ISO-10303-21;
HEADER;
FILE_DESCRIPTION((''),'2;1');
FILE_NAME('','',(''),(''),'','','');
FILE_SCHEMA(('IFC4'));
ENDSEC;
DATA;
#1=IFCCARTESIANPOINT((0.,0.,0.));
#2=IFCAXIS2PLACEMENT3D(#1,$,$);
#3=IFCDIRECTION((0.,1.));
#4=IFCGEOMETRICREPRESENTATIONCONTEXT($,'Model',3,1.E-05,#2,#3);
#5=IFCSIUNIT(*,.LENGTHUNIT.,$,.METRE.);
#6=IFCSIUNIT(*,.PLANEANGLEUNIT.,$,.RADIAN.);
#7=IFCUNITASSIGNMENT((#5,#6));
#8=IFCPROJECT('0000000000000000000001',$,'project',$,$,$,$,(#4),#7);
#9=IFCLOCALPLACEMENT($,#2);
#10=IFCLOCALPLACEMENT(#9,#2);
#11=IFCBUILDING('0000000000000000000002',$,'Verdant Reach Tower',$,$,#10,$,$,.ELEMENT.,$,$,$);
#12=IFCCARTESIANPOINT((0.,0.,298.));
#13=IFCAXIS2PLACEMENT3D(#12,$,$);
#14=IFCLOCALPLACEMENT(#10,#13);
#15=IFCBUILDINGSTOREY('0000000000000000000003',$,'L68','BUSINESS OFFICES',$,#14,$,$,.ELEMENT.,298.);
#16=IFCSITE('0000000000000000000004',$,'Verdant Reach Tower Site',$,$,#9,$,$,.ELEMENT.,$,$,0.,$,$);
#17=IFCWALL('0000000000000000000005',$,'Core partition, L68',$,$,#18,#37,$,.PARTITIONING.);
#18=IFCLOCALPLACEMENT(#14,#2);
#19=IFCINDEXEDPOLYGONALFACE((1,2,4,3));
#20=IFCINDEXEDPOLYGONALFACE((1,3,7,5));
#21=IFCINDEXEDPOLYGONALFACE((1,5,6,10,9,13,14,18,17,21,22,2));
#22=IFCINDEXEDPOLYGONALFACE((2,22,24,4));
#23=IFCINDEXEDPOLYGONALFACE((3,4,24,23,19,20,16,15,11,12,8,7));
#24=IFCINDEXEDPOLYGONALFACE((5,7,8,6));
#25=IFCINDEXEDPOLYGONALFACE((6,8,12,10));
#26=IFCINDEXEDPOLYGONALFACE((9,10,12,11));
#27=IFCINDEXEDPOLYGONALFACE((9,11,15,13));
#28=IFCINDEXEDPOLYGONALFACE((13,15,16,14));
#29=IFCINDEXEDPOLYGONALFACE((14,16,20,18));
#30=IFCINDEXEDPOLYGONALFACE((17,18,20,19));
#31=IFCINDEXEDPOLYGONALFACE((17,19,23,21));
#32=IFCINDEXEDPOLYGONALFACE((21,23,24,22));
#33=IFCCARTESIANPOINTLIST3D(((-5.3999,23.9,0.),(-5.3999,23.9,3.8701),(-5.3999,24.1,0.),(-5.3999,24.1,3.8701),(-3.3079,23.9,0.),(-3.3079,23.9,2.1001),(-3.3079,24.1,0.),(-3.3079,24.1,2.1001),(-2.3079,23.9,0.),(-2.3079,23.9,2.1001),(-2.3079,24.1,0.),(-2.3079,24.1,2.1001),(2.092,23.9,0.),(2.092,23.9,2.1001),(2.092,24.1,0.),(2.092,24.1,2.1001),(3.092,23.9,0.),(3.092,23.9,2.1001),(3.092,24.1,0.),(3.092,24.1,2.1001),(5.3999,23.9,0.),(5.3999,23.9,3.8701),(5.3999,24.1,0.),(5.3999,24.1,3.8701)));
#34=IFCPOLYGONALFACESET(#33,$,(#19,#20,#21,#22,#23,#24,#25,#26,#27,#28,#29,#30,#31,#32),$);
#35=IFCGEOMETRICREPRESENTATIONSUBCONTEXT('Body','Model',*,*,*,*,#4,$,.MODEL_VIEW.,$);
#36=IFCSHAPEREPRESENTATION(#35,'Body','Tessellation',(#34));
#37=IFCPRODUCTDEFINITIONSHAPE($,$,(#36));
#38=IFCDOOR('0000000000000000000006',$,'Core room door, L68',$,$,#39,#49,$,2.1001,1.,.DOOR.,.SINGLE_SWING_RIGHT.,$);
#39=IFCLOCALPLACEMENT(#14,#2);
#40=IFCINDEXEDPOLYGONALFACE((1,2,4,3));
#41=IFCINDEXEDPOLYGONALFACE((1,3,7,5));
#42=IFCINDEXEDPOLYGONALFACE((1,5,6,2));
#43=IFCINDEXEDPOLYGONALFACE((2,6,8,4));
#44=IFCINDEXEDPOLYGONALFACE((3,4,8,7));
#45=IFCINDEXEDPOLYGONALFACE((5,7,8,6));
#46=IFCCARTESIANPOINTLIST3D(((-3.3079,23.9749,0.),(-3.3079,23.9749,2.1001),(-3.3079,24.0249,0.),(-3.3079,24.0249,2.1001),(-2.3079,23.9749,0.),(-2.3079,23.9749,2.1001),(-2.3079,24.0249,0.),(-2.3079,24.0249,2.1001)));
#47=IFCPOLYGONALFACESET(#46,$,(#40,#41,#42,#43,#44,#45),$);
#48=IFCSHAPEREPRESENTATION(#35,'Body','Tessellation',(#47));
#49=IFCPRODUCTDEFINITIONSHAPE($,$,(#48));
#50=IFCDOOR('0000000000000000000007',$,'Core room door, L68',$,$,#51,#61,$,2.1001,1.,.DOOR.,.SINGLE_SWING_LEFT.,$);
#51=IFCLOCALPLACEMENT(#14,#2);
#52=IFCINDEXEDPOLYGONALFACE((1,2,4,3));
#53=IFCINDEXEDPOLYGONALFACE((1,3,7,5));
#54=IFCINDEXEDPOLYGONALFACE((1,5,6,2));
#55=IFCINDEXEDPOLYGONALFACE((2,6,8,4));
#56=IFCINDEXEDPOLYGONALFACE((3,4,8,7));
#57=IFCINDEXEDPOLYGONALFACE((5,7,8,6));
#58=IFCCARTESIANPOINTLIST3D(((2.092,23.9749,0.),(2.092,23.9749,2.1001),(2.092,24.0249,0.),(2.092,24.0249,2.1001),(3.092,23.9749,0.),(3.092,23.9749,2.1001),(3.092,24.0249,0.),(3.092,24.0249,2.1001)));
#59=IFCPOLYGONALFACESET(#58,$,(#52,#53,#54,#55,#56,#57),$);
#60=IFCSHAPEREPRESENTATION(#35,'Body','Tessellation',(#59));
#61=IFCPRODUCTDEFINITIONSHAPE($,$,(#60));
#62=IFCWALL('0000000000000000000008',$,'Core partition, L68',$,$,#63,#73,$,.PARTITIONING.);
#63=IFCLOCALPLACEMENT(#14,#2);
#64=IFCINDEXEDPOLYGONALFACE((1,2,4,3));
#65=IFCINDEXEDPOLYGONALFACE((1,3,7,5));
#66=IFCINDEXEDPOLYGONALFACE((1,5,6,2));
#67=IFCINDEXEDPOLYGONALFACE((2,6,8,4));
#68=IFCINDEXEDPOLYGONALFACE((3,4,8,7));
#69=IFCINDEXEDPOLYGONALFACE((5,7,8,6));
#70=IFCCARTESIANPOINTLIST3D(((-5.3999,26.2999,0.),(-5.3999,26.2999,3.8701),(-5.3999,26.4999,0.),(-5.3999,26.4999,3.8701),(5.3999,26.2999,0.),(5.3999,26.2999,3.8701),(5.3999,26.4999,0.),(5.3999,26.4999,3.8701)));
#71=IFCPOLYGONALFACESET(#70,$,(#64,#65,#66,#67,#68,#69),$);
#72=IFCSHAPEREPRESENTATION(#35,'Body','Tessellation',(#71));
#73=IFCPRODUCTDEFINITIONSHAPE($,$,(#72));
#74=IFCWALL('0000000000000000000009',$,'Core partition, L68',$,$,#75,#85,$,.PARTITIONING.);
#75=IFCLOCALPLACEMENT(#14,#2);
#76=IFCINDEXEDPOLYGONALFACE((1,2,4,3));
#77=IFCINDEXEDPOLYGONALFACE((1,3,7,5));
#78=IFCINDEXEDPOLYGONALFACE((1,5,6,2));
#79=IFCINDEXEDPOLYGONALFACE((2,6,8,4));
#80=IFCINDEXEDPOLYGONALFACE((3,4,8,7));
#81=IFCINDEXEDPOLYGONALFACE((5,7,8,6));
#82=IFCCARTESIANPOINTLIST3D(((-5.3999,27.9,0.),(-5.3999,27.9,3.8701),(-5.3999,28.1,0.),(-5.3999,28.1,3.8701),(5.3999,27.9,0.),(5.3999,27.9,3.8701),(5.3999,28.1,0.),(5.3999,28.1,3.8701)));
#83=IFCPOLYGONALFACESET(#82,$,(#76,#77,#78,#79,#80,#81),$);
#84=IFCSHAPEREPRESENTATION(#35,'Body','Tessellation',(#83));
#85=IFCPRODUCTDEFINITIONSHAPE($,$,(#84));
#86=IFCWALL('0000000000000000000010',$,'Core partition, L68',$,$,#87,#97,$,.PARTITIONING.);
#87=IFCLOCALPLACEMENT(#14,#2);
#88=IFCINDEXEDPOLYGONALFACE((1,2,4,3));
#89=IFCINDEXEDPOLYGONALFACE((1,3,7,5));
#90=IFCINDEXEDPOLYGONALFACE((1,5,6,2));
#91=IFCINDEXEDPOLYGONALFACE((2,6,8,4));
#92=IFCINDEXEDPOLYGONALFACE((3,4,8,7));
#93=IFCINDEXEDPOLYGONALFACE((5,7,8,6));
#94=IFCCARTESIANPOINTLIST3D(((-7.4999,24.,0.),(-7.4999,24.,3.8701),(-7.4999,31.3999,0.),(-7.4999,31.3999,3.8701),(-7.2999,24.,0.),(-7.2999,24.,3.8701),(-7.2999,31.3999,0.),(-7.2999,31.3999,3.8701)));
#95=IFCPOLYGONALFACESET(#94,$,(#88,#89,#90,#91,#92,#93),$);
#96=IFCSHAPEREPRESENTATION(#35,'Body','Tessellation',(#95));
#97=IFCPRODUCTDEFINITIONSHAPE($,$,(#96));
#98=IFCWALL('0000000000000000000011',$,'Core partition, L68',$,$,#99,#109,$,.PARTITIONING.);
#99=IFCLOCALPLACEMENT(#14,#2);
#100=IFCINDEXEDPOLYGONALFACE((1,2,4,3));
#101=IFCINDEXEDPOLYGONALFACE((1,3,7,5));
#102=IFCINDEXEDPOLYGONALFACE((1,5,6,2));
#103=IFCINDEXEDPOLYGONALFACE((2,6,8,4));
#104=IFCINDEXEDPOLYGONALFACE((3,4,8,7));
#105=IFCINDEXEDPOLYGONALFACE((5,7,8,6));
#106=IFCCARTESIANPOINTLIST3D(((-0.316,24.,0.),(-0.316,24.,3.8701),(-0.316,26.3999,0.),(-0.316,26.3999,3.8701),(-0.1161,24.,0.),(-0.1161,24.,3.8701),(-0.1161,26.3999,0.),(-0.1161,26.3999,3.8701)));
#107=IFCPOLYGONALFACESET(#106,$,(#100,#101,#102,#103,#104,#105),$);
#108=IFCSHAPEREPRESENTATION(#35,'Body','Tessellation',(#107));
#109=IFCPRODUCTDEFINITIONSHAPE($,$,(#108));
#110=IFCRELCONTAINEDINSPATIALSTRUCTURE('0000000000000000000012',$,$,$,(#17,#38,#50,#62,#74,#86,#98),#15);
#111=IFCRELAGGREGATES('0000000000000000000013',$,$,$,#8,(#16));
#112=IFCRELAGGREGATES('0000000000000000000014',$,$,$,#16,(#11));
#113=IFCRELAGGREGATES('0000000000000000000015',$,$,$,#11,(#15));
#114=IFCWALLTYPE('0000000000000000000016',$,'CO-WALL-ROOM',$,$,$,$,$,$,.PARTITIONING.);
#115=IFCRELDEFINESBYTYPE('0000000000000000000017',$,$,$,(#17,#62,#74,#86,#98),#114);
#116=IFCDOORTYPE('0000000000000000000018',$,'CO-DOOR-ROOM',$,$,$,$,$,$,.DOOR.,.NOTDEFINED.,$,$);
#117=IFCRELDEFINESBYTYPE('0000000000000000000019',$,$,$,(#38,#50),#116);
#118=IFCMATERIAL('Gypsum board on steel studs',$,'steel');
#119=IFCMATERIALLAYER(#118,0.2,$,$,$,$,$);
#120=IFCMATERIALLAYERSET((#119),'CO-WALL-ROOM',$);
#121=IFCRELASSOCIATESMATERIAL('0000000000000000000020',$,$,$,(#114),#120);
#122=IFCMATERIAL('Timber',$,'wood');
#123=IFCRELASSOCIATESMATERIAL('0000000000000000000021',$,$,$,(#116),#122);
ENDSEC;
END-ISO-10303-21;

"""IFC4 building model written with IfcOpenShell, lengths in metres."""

from ifc_helpers import new_model, si_unit, direction, frame, frame_2d, origin, place, context, subcontext, project, spatial, rectangle, extrude, material, layer, layer_set, type_object, element, fill, save


model = new_model("IFC4")

# Units and contexts
model_context = context("Model", 3, precision=1e-05, world=origin(), true_north=direction((0.0, 1.0)))
body_context = subcontext(model_context, "Body", "Model", "MODEL_VIEW")
ifc_project = project(units=[si_unit("LENGTHUNIT", "METRE"), si_unit("PLANEANGLEUNIT", "RADIAN")], contexts=[model_context])

# Site, building, storey
site_placement = place(None, origin())
site = spatial("IfcSite", under=ifc_project, at=site_placement, Name="Verdant Reach Tower Site", CompositionType="ELEMENT", RefElevation=0.0)
building_placement = place(site_placement, origin())
building = spatial("IfcBuilding", under=site, at=building_placement, Name="Verdant Reach Tower", CompositionType="ELEMENT")
storey_placement = place(building_placement, frame((0.0, 0.0, 298.0)))
storey = spatial("IfcBuildingStorey", under=building, at=storey_placement, Name="L68", Description="BUSINESS OFFICES", CompositionType="ELEMENT", Elevation=298.0)

# Wall, openings, doors
ifc_material_1 = material(Name="Gypsum board on steel studs", Category="steel")
ifc_layer_1 = layer(ifc_material_1, 0.2)
ifc_layer_set_1 = layer_set([ifc_layer_1], Name="CO-WALL-ROOM")
wall_type_1 = type_object("IfcWallType", Name="CO-WALL-ROOM", PredefinedType="PARTITIONING", material=ifc_layer_set_1)
wall_1_placement = place(storey_placement, frame((-5.3999, 24.0, 0.0), z_axis=(0.0, 0.0, 1.0), x_axis=(1.0, 0.0, 0.0)))
wall_1 = element("IfcWall", 1, at=wall_1_placement, inside=storey, type_object=wall_type_1, Name="Core partition, L68", PredefinedType="PARTITIONING", context=body_context, shape_type="SweptSolid", body=[
    extrude(rectangle(XDim=10.7998, YDim=0.2, at=frame_2d((5.3999, 0.0))), origin(), (0.0, 0.0, 1.0), 3.8701),
])
opening_1_placement = place(wall_1_placement, frame((2.092, 0.0, 0.0)))
opening_1 = element("IfcOpeningElement", 2, at=opening_1_placement, cuts=wall_1, PredefinedType="OPENING", context=body_context, shape_type="SweptSolid", body=[
    extrude(rectangle(XDim=1.0, YDim=2.1001, at=frame_2d((0.5, 1.05))), frame((0.0, 0.1099, 0.0), z_axis=(0.0, -1.0, 0.0), x_axis=(1.0, 0.0, 0.0)), (0.0, 0.0, 1.0), 0.22),
])
opening_2_placement = place(wall_1_placement, frame((7.4919, 0.0, 0.0)))
opening_2 = element("IfcOpeningElement", 3, at=opening_2_placement, cuts=wall_1, PredefinedType="OPENING", context=body_context, shape_type="SweptSolid", body=[
    extrude(rectangle(XDim=1.0, YDim=2.1001, at=frame_2d((0.5, 1.05))), frame((0.0, 0.1099, 0.0), z_axis=(0.0, -1.0, 0.0), x_axis=(1.0, 0.0, 0.0)), (0.0, 0.0, 1.0), 0.22),
])
ifc_material_2 = material(Name="Timber", Category="wood")
door_type_1 = type_object("IfcDoorType", Name="CO-DOOR-ROOM", OperationType="NOTDEFINED", PredefinedType="DOOR", material=ifc_material_2)
door_1_placement = place(opening_1_placement, origin())
door_1 = element("IfcDoor", 4, at=door_1_placement, inside=storey, type_object=door_type_1, Name="Core room door, L68", OperationType="SINGLE_SWING_RIGHT", OverallHeight=2.1001, OverallWidth=1.0, PredefinedType="DOOR", context=body_context, shape_type="SweptSolid", body=[
    extrude(rectangle(XDim=1.0, YDim=2.1001, at=frame_2d((0.5, 1.05))), frame((0.0, 0.0249, 0.0), z_axis=(0.0, -1.0, 0.0), x_axis=(1.0, 0.0, 0.0)), (0.0, 0.0, 1.0), 0.05),
])
fill(opening_1, door_1)
door_2_placement = place(opening_2_placement, origin())
door_2 = element("IfcDoor", 5, at=door_2_placement, inside=storey, type_object=door_type_1, Name="Core room door, L68", OperationType="SINGLE_SWING_LEFT", OverallHeight=2.1001, OverallWidth=1.0, PredefinedType="DOOR", context=body_context, shape_type="SweptSolid", body=[
    extrude(rectangle(XDim=1.0, YDim=2.1001, at=frame_2d((0.5, 1.05))), frame((0.0, 0.0249, 0.0), z_axis=(0.0, -1.0, 0.0), x_axis=(1.0, 0.0, 0.0)), (0.0, 0.0, 1.0), 0.05),
])
fill(opening_2, door_2)

# Walls
for number, where, z_axis, x_axis, name in (
    (6, (-5.3999, 26.3999, 0.0), (0.0, 0.0, 1.0), (1.0, 0.0, 0.0), "Core partition, L68"),
    (7, (-5.3999, 28.0, 0.0), (0.0, 0.0, 1.0), (1.0, 0.0, 0.0), "Core partition, L68"),
):
    element("IfcWall", number, at=place(storey_placement, frame(where, z_axis=z_axis, x_axis=x_axis)), inside=storey, type_object=wall_type_1, Name=name, PredefinedType="PARTITIONING", context=body_context, shape_type="SweptSolid", body=[
        extrude(rectangle(XDim=10.7998, YDim=0.2, at=frame_2d((5.3999, 0.0))), origin(), (0.0, 0.0, 1.0), 3.8701),
    ])
wall_2_placement = place(storey_placement, frame((-7.3999, 24.0, 0.0), z_axis=(0.0, 0.0, 1.0), x_axis=(0.0, 1.0, 0.0)))
element("IfcWall", 8, at=wall_2_placement, inside=storey, type_object=wall_type_1, Name="Core partition, L68", PredefinedType="PARTITIONING", context=body_context, shape_type="SweptSolid", body=[
    extrude(rectangle(XDim=7.3999, YDim=0.2, at=frame_2d((3.7, 0.0))), origin(), (0.0, 0.0, 1.0), 3.8701),
])
wall_3_placement = place(storey_placement, frame((-0.2161, 24.0, 0.0), z_axis=(0.0, 0.0, 1.0), x_axis=(0.0, 1.0, 0.0)))
element("IfcWall", 9, at=wall_3_placement, inside=storey, type_object=wall_type_1, Name="Core partition, L68", PredefinedType="PARTITIONING", context=body_context, shape_type="SweptSolid", body=[
    extrude(rectangle(XDim=2.3999, YDim=0.2, at=frame_2d((1.2, 0.0))), origin(), (0.0, 0.0, 1.0), 3.8701),
])

save(model, "model.ifc")
